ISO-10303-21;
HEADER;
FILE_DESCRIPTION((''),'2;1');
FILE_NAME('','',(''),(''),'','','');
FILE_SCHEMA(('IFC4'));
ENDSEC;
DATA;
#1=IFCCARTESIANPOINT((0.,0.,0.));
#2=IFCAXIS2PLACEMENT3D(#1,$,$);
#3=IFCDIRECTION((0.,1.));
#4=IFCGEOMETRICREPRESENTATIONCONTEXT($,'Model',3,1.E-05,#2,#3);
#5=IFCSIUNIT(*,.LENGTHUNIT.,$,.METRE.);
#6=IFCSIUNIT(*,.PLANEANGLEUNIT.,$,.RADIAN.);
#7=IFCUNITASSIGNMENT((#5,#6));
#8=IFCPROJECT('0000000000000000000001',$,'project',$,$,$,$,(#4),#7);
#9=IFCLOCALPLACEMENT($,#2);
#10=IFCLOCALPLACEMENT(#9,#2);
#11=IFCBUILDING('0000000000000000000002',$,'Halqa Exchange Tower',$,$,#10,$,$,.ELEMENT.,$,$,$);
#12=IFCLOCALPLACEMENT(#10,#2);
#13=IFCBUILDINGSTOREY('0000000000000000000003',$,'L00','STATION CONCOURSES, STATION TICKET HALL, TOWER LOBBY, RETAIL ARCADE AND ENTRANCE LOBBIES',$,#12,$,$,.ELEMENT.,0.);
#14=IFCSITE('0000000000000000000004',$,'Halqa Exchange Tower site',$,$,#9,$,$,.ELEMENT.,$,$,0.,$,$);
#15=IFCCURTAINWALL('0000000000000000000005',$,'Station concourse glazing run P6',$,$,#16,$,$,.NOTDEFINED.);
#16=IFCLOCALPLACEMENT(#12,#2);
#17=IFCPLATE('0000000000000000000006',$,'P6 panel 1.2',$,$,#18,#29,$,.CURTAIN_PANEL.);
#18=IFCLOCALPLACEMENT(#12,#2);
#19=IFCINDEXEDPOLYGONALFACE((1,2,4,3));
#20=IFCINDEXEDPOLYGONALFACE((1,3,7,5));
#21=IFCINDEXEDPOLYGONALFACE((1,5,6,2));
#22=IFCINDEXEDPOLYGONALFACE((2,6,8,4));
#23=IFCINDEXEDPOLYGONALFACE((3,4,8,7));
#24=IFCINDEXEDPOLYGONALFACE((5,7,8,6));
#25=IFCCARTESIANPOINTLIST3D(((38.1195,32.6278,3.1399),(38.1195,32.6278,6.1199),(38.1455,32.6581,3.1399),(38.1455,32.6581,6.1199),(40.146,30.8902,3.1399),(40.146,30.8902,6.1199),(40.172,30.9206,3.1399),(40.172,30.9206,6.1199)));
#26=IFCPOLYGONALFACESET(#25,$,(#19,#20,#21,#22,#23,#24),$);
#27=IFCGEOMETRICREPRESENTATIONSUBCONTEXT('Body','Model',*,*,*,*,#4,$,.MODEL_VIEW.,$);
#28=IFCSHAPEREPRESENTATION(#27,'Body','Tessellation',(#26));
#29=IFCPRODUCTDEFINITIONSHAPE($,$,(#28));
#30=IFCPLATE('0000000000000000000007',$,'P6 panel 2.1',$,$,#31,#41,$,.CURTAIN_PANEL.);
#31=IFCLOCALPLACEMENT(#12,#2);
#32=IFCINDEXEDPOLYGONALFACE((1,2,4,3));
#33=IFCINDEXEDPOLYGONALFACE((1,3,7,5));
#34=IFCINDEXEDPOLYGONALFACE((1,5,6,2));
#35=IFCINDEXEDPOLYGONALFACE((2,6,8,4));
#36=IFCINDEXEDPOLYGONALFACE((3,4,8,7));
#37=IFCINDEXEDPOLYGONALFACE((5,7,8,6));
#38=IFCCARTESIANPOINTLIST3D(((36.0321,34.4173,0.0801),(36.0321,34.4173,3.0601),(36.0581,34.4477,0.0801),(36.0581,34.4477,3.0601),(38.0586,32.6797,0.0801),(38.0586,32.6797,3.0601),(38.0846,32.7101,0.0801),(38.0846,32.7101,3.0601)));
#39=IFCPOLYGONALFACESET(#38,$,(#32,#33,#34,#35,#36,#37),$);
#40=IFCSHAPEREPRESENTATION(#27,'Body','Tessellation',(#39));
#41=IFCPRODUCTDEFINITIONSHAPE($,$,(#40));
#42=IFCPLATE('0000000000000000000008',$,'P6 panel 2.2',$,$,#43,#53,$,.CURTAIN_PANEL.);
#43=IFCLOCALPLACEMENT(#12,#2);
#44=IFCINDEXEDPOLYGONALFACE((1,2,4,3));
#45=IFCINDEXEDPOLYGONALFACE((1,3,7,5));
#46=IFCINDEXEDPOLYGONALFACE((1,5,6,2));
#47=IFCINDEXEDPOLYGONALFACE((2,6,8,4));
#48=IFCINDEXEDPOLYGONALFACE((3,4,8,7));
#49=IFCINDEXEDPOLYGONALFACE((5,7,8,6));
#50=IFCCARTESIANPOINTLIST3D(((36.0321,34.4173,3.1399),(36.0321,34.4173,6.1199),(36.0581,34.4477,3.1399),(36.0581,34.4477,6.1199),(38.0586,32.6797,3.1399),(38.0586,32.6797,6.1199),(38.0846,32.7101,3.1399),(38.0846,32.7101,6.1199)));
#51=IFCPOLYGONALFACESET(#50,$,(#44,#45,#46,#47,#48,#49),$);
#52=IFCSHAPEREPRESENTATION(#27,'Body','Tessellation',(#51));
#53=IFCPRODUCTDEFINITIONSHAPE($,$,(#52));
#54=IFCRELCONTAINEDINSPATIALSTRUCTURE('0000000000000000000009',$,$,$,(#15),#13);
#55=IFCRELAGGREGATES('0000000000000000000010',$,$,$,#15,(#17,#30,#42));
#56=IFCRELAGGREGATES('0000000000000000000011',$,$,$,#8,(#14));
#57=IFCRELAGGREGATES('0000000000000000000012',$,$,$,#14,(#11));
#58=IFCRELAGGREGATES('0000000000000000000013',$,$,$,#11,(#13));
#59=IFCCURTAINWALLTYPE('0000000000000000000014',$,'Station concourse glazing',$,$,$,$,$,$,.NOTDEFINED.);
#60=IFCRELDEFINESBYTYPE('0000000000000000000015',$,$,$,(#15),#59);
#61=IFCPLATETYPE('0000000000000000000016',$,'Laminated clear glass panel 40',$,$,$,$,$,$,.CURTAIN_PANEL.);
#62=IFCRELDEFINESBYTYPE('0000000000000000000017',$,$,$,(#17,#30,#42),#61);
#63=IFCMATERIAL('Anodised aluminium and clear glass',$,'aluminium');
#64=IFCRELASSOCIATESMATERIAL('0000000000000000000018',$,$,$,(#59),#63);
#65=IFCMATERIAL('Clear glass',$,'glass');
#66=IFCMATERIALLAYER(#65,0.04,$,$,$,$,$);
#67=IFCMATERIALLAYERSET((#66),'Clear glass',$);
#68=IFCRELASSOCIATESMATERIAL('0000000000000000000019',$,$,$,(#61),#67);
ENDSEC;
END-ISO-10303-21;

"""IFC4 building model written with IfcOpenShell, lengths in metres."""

from ifc_helpers import new_model, si_unit, direction, frame, origin, origin_2d, place, context, subcontext, project, spatial, rectangle, extrude, material, layer, layer_set, type_object, element, aggregate, save


model = new_model("IFC4")

# Units and contexts
model_context = context("Model", 3, precision=1e-05, world=origin(), true_north=direction((0.0, 1.0)))
body_context = subcontext(model_context, "Body", "Model", "MODEL_VIEW")
ifc_project = project(units=[si_unit("LENGTHUNIT", "METRE"), si_unit("PLANEANGLEUNIT", "RADIAN")], contexts=[model_context])

# Site, building, storey
site_placement = place(None, origin())
site = spatial("IfcSite", under=ifc_project, at=site_placement, Name="Halqa Exchange Tower site", CompositionType="ELEMENT", RefElevation=0.0)
building_placement = place(site_placement, origin())
building = spatial("IfcBuilding", under=site, at=building_placement, Name="Halqa Exchange Tower", CompositionType="ELEMENT")
storey_placement = place(building_placement, origin())
storey = spatial("IfcBuildingStorey", under=building, at=storey_placement, Name="L00", Description="STATION CONCOURSES, STATION TICKET HALL, TOWER LOBBY, RETAIL ARCADE AND ENTRANCE LOBBIES", CompositionType="ELEMENT", Elevation=0.0)

# Curtain wall
ifc_material_1 = material(Name="Anodised aluminium and clear glass", Category="aluminium")
curtain_wall_type = type_object("IfcCurtainWallType", Name="Station concourse glazing", PredefinedType="NOTDEFINED", material=ifc_material_1)
curtain_wall_1_placement = place(storey_placement, origin())
curtain_wall_1 = element("IfcCurtainWall", 1, at=curtain_wall_1_placement, inside=storey, type_object=curtain_wall_type, Name="Station concourse glazing run P6", PredefinedType="NOTDEFINED")

# Plates
ifc_material_2 = material(Name="Clear glass", Category="glass")
ifc_layer_1 = layer(ifc_material_2, 0.04)
ifc_layer_set_1 = layer_set([ifc_layer_1], Name="Clear glass")
plate_type = type_object("IfcPlateType", Name="Laminated clear glass panel 40", PredefinedType="CURTAIN_PANEL", material=ifc_layer_set_1)
plate_1_placement = place(storey_placement, frame((39.1458, 31.7742, 3.1399), z_axis=(0.0, 0.0, 1.0), x_axis=(-0.759154, 0.650911, 0.0)))
plate_1 = element("IfcPlate", 2, at=plate_1_placement, type_object=plate_type, Name="P6 panel 1.2", PredefinedType="CURTAIN_PANEL", context=body_context, shape_type="SweptSolid", body=[
    extrude(rectangle(XDim=2.6694, YDim=0.04, at=origin_2d()), origin(), (0.0, 0.0, 1.0), 2.98),
])
plate_2_placement = place(storey_placement, frame((37.0583, 33.5637, 0.0801), z_axis=(0.0, 0.0, 1.0), x_axis=(-0.759154, 0.650911, 0.0)))
plate_2 = element("IfcPlate", 3, at=plate_2_placement, type_object=plate_type, Name="P6 panel 2.1", PredefinedType="CURTAIN_PANEL", context=body_context, shape_type="SweptSolid", body=[
    extrude(rectangle(XDim=2.6694, YDim=0.04, at=origin_2d()), origin(), (0.0, 0.0, 1.0), 2.98),
])
plate_3_placement = place(storey_placement, frame((37.0583, 33.5637, 3.1399), z_axis=(0.0, 0.0, 1.0), x_axis=(-0.759154, 0.650911, 0.0)))
plate_3 = element("IfcPlate", 4, at=plate_3_placement, type_object=plate_type, Name="P6 panel 2.2", PredefinedType="CURTAIN_PANEL", context=body_context, shape_type="SweptSolid", body=[
    extrude(rectangle(XDim=2.6694, YDim=0.04, at=origin_2d()), origin(), (0.0, 0.0, 1.0), 2.98),
])
aggregate(curtain_wall_1, [plate_1, plate_2, plate_3])

save(model, "model.ifc")
